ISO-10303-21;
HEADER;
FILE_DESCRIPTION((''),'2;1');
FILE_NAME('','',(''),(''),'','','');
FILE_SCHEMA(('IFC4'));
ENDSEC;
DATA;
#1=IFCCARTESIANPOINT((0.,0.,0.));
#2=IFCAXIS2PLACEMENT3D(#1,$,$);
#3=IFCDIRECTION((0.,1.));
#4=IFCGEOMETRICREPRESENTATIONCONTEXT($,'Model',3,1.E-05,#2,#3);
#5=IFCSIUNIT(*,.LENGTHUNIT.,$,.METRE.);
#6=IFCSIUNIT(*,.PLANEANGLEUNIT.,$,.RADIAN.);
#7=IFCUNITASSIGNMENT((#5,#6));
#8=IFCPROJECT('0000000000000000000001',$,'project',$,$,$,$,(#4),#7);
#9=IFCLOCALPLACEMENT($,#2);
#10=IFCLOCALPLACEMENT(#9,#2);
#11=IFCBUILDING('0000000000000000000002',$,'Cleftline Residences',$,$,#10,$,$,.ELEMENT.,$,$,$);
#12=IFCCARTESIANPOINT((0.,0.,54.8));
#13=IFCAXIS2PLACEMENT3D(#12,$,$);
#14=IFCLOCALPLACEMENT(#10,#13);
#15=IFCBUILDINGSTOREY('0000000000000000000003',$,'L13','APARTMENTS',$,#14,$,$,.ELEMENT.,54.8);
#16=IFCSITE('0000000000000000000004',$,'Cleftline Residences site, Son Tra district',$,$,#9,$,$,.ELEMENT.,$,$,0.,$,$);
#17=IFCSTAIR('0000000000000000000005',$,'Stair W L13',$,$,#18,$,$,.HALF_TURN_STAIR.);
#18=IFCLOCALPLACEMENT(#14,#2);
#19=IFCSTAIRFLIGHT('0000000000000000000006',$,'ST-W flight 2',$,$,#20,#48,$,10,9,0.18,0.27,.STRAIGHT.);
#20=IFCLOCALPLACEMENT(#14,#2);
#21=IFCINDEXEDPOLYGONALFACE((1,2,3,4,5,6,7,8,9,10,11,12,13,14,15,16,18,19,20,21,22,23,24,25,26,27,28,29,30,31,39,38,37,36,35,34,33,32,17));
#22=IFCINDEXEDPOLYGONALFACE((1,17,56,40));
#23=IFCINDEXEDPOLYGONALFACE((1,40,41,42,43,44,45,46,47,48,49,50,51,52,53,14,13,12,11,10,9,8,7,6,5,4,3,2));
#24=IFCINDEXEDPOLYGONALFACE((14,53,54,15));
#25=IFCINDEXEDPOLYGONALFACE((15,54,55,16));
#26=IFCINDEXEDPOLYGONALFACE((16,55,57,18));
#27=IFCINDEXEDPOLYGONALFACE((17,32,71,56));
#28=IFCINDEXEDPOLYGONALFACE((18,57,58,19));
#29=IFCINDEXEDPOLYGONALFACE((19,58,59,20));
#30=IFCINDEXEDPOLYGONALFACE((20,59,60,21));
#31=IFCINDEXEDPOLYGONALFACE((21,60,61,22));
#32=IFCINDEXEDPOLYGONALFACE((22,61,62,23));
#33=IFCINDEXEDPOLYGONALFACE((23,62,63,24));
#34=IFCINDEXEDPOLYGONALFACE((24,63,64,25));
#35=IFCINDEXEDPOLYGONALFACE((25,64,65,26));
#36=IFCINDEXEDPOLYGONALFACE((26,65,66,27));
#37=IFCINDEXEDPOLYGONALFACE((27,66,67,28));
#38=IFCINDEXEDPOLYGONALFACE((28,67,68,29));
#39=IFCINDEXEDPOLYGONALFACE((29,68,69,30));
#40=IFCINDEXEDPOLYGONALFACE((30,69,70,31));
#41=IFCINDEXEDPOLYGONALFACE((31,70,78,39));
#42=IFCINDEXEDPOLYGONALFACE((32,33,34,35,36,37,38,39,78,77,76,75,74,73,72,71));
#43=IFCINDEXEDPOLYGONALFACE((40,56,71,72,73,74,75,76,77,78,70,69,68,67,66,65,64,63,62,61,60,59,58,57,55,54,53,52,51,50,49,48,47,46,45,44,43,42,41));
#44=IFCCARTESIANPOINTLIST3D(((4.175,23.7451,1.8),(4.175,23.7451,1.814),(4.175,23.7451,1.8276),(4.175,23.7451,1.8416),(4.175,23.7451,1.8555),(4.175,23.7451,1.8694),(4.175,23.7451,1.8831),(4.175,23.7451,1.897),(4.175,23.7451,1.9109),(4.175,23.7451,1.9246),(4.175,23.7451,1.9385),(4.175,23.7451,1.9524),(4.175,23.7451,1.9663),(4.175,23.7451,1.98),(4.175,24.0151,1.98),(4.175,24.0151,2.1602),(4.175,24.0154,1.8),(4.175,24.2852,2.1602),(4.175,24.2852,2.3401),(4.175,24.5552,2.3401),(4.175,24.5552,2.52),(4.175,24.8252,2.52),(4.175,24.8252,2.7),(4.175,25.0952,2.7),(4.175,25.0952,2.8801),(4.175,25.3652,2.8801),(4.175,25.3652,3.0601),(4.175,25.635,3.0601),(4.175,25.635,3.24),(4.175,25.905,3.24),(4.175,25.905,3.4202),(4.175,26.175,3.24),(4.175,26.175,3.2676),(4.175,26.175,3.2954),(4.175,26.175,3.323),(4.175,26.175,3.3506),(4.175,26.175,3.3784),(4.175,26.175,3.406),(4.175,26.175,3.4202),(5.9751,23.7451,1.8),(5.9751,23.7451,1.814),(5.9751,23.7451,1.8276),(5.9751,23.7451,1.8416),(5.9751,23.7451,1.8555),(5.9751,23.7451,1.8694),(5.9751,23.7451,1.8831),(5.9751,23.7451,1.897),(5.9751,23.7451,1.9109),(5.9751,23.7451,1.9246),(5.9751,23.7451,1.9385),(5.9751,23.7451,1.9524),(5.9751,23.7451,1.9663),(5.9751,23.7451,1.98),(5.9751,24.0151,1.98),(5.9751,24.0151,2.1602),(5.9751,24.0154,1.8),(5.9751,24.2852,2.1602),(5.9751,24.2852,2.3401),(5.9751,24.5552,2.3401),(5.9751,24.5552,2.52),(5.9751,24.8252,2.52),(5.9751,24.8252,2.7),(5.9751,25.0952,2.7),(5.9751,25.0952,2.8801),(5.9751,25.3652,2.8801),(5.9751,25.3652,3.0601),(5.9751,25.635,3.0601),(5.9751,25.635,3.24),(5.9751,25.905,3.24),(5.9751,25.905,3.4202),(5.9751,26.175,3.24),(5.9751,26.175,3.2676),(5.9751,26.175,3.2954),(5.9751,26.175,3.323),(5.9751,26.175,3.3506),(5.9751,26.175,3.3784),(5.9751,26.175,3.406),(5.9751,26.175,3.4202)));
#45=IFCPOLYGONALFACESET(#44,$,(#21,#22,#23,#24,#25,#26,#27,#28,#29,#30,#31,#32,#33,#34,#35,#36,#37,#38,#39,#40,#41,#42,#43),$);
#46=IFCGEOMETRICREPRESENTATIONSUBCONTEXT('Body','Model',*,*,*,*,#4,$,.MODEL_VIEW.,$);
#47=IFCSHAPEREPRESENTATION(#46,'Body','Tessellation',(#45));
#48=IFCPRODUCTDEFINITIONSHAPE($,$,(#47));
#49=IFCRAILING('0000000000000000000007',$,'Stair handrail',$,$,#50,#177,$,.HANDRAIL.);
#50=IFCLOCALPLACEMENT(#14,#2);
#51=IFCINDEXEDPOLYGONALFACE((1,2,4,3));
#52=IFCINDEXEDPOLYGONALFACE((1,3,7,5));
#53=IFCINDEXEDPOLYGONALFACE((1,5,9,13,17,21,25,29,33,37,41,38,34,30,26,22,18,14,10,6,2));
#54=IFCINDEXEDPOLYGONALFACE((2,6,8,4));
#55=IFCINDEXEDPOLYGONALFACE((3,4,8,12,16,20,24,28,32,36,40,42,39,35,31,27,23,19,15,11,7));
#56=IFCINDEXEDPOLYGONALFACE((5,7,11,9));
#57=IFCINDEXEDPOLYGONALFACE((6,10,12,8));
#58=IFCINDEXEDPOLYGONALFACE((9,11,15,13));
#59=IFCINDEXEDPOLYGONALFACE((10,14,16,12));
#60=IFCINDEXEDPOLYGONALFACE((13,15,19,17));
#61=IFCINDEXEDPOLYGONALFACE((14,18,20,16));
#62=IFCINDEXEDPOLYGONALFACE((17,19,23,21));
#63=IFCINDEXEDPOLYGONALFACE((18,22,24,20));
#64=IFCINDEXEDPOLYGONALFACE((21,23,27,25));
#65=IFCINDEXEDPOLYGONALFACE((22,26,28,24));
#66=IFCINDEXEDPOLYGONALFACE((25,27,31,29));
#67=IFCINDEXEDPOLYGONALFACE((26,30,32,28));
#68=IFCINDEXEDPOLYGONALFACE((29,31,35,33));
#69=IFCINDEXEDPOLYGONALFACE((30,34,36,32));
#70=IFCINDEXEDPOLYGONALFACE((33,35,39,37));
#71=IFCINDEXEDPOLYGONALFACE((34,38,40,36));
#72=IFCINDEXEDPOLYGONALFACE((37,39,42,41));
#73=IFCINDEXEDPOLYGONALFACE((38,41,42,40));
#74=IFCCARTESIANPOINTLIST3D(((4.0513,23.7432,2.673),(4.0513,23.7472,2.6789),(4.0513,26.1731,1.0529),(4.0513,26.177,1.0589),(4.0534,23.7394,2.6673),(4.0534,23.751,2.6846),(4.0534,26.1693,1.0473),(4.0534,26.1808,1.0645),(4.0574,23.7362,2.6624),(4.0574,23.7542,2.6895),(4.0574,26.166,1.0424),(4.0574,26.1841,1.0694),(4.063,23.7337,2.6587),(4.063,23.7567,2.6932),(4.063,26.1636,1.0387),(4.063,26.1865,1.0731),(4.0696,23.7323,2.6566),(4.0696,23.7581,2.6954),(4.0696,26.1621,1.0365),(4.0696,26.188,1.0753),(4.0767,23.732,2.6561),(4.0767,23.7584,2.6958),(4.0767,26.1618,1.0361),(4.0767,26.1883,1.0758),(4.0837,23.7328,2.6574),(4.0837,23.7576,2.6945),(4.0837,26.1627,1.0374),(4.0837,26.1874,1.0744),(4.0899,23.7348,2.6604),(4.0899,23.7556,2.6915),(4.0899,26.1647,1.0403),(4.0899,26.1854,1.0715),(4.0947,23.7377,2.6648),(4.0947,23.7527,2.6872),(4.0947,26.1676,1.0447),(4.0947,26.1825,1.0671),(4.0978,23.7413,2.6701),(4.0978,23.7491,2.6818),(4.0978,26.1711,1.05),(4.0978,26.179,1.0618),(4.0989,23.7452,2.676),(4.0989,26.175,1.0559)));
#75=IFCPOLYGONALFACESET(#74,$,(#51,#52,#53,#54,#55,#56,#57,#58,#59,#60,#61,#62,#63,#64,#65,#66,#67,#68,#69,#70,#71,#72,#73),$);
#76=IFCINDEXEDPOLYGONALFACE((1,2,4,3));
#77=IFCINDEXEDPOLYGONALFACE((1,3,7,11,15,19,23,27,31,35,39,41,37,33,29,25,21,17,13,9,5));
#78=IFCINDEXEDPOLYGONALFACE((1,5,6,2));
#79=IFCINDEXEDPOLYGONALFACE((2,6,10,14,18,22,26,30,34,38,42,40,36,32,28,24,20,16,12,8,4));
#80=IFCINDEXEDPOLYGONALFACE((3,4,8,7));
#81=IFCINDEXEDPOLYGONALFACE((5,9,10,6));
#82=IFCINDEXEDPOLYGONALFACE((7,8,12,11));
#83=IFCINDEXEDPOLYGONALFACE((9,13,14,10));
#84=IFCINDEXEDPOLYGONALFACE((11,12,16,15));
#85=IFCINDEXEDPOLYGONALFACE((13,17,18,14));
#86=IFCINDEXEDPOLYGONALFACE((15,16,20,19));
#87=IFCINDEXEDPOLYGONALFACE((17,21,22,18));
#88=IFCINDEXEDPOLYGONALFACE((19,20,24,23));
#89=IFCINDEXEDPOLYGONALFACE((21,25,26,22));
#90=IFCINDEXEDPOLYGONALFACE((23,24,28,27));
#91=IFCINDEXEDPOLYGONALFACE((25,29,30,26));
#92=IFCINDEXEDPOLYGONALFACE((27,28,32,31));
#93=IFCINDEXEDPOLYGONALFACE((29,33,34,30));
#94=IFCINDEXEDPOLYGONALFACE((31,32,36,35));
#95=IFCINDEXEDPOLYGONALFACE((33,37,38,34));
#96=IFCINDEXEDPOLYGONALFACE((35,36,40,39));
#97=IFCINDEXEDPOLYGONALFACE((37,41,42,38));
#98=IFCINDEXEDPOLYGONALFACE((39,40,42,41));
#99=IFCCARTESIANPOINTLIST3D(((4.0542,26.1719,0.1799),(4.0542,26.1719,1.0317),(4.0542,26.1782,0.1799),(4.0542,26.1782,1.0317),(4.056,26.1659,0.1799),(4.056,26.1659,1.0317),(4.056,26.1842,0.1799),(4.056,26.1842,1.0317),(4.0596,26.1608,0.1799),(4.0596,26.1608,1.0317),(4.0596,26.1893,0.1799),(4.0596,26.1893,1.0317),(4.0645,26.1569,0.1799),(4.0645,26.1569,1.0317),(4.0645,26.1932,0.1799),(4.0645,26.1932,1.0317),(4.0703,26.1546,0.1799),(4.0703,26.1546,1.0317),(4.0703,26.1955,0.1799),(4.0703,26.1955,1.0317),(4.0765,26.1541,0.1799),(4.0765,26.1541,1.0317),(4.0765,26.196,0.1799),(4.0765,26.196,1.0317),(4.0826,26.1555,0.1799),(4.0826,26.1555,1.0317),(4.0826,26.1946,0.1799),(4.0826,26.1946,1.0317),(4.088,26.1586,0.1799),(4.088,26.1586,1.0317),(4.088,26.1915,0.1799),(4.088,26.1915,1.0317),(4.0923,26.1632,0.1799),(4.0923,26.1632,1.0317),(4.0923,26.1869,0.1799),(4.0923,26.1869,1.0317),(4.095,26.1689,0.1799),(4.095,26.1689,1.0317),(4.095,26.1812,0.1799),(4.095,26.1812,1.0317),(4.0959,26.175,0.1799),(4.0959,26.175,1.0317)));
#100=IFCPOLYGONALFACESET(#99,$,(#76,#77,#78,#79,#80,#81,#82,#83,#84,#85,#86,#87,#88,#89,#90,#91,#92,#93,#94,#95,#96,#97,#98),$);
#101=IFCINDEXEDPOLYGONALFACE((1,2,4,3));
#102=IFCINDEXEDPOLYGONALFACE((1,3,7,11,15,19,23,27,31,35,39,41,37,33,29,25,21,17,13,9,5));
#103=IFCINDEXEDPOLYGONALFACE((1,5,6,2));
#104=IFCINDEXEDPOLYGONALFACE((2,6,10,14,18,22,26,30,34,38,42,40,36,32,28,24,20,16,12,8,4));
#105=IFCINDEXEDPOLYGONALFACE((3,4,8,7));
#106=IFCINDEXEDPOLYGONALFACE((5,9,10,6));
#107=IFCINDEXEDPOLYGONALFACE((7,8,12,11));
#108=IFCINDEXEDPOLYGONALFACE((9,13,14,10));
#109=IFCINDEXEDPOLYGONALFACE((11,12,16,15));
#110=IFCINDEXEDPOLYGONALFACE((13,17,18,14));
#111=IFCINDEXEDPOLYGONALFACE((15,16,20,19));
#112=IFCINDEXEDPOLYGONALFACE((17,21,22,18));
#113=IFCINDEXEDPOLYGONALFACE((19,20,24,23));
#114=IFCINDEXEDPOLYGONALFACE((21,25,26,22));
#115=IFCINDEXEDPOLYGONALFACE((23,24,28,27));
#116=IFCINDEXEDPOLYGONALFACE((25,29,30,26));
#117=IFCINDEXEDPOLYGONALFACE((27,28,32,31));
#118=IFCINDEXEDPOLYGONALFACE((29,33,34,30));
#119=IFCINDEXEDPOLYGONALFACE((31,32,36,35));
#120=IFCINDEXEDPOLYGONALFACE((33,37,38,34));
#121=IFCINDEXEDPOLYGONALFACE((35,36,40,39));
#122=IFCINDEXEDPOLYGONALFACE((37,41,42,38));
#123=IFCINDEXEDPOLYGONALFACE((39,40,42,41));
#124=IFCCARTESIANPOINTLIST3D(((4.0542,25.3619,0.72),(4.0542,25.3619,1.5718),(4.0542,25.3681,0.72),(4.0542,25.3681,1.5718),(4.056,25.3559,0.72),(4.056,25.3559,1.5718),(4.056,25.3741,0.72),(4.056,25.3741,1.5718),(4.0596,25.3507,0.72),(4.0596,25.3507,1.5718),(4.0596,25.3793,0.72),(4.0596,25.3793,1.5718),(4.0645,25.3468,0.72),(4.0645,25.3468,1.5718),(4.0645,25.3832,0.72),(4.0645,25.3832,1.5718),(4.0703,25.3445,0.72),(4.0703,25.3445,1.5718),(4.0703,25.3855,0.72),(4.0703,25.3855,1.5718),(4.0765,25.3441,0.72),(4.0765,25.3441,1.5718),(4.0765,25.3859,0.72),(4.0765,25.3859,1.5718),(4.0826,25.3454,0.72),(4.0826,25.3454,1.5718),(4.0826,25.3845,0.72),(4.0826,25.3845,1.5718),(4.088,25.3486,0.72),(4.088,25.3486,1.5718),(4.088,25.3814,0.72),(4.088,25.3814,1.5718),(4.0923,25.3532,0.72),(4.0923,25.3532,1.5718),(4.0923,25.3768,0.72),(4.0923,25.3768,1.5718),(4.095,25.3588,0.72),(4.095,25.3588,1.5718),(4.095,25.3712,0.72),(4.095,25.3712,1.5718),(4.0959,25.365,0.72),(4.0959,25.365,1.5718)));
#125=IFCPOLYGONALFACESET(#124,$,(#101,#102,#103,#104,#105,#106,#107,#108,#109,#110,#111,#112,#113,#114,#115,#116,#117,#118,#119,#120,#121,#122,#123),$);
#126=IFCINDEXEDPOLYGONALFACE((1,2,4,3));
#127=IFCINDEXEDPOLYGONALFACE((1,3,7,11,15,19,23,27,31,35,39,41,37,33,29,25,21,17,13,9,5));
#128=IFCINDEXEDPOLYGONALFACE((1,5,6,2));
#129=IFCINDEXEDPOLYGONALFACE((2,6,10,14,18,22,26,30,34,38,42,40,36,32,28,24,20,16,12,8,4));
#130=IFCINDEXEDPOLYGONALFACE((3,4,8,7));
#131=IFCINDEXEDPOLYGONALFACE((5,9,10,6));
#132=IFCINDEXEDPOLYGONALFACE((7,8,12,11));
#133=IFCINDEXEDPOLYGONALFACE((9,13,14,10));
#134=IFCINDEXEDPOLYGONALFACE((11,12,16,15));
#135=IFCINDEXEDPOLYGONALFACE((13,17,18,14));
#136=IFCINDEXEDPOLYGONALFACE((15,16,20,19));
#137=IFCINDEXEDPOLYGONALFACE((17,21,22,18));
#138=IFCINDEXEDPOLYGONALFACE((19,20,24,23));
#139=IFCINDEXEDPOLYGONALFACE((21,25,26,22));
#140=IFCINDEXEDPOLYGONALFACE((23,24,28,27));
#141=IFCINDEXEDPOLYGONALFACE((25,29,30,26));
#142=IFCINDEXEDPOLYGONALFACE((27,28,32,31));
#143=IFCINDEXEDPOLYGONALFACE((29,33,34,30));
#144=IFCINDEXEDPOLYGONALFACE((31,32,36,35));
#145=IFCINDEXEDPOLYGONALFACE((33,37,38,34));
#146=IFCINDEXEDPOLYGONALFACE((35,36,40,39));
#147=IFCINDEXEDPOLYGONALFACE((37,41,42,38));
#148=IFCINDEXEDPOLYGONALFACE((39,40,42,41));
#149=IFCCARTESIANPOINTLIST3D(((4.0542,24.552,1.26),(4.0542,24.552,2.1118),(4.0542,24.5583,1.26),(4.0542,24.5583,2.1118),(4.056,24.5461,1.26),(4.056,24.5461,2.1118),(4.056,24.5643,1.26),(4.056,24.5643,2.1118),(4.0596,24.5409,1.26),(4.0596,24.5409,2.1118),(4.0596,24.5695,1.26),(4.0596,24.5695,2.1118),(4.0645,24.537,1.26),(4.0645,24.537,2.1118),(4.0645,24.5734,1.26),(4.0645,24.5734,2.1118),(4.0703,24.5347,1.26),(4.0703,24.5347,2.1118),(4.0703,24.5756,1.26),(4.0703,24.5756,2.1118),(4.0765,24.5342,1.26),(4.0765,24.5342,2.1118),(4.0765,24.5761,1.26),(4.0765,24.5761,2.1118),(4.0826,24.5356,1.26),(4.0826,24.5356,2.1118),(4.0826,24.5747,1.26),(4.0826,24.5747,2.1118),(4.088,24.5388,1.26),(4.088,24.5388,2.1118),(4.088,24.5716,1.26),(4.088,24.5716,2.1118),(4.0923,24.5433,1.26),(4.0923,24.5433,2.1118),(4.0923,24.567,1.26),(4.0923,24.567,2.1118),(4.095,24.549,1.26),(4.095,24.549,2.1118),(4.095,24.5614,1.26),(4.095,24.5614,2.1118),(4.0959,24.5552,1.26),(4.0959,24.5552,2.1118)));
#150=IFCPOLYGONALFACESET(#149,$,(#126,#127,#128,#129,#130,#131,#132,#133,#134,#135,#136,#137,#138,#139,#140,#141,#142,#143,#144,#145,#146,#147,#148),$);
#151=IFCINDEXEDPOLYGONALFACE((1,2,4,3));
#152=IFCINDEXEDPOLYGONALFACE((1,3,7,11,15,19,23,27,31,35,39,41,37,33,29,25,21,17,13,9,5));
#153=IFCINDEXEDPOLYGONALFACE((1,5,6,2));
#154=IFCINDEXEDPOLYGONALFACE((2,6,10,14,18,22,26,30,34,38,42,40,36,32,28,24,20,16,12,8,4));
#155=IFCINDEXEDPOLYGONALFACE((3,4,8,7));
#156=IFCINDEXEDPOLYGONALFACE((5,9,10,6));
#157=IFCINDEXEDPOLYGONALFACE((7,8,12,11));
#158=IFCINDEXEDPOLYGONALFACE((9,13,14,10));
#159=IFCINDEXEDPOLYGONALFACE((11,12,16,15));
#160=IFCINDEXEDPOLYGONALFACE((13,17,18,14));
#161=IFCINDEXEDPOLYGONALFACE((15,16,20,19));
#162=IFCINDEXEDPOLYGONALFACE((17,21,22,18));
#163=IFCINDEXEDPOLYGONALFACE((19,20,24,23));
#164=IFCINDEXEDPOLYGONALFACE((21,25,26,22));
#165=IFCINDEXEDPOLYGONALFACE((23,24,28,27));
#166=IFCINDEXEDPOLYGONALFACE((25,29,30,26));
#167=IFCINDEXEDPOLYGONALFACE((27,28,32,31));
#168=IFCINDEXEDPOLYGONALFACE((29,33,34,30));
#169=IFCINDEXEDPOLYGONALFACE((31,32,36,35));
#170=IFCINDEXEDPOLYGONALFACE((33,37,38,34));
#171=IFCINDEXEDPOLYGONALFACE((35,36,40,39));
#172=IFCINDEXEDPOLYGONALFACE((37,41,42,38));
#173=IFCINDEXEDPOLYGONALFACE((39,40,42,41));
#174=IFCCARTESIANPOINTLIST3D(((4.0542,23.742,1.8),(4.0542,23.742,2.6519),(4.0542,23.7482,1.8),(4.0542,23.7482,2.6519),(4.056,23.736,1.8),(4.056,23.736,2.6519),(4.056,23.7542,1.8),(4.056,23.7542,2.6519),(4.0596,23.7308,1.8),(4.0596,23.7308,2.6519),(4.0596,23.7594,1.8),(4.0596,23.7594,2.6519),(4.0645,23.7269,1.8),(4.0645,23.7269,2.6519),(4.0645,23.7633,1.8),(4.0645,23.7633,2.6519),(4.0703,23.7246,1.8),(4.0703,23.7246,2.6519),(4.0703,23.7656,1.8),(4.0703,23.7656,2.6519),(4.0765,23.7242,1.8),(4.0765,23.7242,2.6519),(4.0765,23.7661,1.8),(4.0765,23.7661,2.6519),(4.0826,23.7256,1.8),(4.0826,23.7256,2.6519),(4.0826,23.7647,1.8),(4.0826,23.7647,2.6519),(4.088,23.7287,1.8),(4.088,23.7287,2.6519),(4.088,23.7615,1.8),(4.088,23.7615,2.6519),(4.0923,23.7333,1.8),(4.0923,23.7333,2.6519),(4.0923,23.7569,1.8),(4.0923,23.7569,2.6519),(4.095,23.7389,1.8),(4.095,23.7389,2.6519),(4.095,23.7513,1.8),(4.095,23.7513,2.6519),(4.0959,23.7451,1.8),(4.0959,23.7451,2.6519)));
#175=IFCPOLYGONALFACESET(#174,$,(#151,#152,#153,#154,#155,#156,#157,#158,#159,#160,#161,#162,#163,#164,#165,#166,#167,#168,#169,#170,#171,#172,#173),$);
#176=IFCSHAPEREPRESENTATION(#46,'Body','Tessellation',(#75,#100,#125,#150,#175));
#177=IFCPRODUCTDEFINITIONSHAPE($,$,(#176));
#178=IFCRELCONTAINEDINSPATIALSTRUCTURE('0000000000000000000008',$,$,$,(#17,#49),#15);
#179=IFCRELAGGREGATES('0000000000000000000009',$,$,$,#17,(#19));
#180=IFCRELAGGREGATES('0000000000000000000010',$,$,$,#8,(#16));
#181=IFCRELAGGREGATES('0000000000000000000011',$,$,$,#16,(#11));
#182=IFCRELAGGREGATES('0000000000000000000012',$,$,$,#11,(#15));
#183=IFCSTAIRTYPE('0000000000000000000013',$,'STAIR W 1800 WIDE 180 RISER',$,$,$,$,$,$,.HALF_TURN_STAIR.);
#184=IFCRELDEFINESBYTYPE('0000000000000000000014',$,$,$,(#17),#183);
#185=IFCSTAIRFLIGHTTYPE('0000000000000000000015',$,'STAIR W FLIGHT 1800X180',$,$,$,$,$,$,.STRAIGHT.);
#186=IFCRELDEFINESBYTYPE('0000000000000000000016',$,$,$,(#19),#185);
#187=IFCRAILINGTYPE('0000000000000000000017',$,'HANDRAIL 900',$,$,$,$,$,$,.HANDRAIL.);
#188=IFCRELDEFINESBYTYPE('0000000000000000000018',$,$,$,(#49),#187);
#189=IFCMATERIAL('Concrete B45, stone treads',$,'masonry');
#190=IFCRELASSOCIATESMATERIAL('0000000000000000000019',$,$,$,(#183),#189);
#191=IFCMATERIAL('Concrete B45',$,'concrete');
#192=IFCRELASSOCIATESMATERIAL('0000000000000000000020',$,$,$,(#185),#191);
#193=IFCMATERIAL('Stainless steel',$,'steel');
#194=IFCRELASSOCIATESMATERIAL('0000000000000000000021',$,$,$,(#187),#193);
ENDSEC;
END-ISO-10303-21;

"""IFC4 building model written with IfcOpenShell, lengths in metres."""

from ifc_helpers import new_model, si_unit, direction, frame, origin, origin_2d, place, context, subcontext, project, spatial, polyline, circle, outline, extrude, material, type_object, element, aggregate, save


model = new_model("IFC4")

# Units and contexts
model_context = context("Model", 3, precision=1e-05, world=origin(), true_north=direction((0.0, 1.0)))
body_context = subcontext(model_context, "Body", "Model", "MODEL_VIEW")
ifc_project = project(units=[si_unit("LENGTHUNIT", "METRE"), si_unit("PLANEANGLEUNIT", "RADIAN")], contexts=[model_context])

# Site, building, storey
site_placement = place(None, origin())
site = spatial("IfcSite", under=ifc_project, at=site_placement, Name="Cleftline Residences site, Son Tra district", CompositionType="ELEMENT", RefElevation=0.0)
building_placement = place(site_placement, origin())
building = spatial("IfcBuilding", under=site, at=building_placement, Name="Cleftline Residences", CompositionType="ELEMENT")
storey_placement = place(building_placement, frame((0.0, 0.0, 54.8)))
storey = spatial("IfcBuildingStorey", under=building, at=storey_placement, Name="L13", Description="APARTMENTS", CompositionType="ELEMENT", Elevation=54.8)

# Stair, stair flight
ifc_material_1 = material(Name="Concrete B45, stone treads", Category="masonry")
stair_type = type_object("IfcStairType", Name="STAIR W 1800 WIDE 180 RISER", PredefinedType="HALF_TURN_STAIR", material=ifc_material_1)
stair_placement = place(storey_placement, origin())
stair = element("IfcStair", 1, at=stair_placement, inside=storey, type_object=stair_type, Name="Stair W L13", PredefinedType="HALF_TURN_STAIR")
ifc_material_2 = material(Name="Concrete B45", Category="concrete")
stair_flight_type = type_object("IfcStairFlightType", Name="STAIR W FLIGHT 1800X180", PredefinedType="STRAIGHT", material=ifc_material_2)
stair_flight_1_placement = place(storey_placement, frame((5.075, 23.7451, 1.8), z_axis=(0.0, 0.0, 1.0), x_axis=(0.0, 1.0, 0.0)))
stair_flight_1 = element("IfcStairFlight", 2, at=stair_flight_1_placement, type_object=stair_flight_type, Name="ST-W flight 2", NumberOfRisers=10, NumberOfTreads=9, PredefinedType="STRAIGHT", RiserHeight=0.18, TreadLength=0.27, context=body_context, shape_type="SweptSolid", body=[
    extrude(outline(polyline([(0.0, 0.0), (0.0, 0.0139), (0.0, 0.0276), (0.0, 0.0415), (0.0, 0.0554), (0.0, 0.0693), (0.0, 0.083), (0.0, 0.0969), (0.0, 0.1108), (0.0, 0.1245), (0.0, 0.1384), (0.0, 0.1523), (0.0, 0.1663), (0.0, 0.1799), (0.27, 0.1799), (0.27, 0.3601), (0.54, 0.3601), (0.54, 0.54), (0.8101, 0.54), (0.8101, 0.72), (1.0801, 0.72), (1.0801, 0.8999), (1.3501, 0.8999), (1.3501, 1.0801), (1.6201, 1.0801), (1.6201, 1.26), (1.8899, 1.26), (1.8899, 1.4399), (2.1599, 1.4399), (2.1599, 1.6201), (2.4299, 1.6201), (2.4299, 1.8), (2.4299, 1.7722), (2.4299, 1.7446), (2.4299, 1.7168), (2.4299, 1.6892), (2.4299, 1.6614), (2.4299, 1.6338), (2.4299, 1.606), (2.4299, 1.5784), (2.4299, 1.5505), (2.4299, 1.5229), (2.4299, 1.4954), (2.4299, 1.4675), (2.4299, 1.4399), (0.2703, 0.0), (0.0, 0.0)])), frame((0.0, 0.8999, 0.0), z_axis=(0.0, -1.0, 0.0), x_axis=(1.0, 0.0, 0.0)), (0.0, 0.0, 1.0), 1.8),
])
aggregate(stair, [stair_flight_1])

# Railing
ifc_material_3 = material(Name="Stainless steel", Category="steel")
railing_type = type_object("IfcRailingType", Name="HANDRAIL 900", PredefinedType="HANDRAIL", material=ifc_material_3)
railing_1_placement = place(storey_placement, frame((4.075, 26.175, 0.1799)))
element("IfcRailing", 3, at=railing_1_placement, inside=storey, type_object=railing_type, Name="Stair handrail", PredefinedType="HANDRAIL", context=body_context, shape_type="SweptSolid", body=[
    extrude(circle(Radius=0.0239, at=origin_2d()), frame((0.0, 0.0, 0.876), z_axis=(0.0, -0.832025, 0.554739), x_axis=(1.0, 0.0, 0.0)), (0.0, 0.0, 1.0), 2.9204),
    extrude(circle(Radius=0.021, at=origin_2d()), origin(), (0.0, 0.0, 1.0), 0.8518),
    extrude(circle(Radius=0.021, at=origin_2d()), frame((0.0, -0.8101, 0.54)), (0.0, 0.0, 1.0), 0.8518),
    extrude(circle(Radius=0.021, at=origin_2d()), frame((0.0, -1.6199, 1.0801)), (0.0, 0.0, 1.0), 0.8518),
    extrude(circle(Radius=0.021, at=origin_2d()), frame((0.0, -2.4299, 1.6201)), (0.0, 0.0, 1.0), 0.8518),
])

save(model, "model.ifc")
